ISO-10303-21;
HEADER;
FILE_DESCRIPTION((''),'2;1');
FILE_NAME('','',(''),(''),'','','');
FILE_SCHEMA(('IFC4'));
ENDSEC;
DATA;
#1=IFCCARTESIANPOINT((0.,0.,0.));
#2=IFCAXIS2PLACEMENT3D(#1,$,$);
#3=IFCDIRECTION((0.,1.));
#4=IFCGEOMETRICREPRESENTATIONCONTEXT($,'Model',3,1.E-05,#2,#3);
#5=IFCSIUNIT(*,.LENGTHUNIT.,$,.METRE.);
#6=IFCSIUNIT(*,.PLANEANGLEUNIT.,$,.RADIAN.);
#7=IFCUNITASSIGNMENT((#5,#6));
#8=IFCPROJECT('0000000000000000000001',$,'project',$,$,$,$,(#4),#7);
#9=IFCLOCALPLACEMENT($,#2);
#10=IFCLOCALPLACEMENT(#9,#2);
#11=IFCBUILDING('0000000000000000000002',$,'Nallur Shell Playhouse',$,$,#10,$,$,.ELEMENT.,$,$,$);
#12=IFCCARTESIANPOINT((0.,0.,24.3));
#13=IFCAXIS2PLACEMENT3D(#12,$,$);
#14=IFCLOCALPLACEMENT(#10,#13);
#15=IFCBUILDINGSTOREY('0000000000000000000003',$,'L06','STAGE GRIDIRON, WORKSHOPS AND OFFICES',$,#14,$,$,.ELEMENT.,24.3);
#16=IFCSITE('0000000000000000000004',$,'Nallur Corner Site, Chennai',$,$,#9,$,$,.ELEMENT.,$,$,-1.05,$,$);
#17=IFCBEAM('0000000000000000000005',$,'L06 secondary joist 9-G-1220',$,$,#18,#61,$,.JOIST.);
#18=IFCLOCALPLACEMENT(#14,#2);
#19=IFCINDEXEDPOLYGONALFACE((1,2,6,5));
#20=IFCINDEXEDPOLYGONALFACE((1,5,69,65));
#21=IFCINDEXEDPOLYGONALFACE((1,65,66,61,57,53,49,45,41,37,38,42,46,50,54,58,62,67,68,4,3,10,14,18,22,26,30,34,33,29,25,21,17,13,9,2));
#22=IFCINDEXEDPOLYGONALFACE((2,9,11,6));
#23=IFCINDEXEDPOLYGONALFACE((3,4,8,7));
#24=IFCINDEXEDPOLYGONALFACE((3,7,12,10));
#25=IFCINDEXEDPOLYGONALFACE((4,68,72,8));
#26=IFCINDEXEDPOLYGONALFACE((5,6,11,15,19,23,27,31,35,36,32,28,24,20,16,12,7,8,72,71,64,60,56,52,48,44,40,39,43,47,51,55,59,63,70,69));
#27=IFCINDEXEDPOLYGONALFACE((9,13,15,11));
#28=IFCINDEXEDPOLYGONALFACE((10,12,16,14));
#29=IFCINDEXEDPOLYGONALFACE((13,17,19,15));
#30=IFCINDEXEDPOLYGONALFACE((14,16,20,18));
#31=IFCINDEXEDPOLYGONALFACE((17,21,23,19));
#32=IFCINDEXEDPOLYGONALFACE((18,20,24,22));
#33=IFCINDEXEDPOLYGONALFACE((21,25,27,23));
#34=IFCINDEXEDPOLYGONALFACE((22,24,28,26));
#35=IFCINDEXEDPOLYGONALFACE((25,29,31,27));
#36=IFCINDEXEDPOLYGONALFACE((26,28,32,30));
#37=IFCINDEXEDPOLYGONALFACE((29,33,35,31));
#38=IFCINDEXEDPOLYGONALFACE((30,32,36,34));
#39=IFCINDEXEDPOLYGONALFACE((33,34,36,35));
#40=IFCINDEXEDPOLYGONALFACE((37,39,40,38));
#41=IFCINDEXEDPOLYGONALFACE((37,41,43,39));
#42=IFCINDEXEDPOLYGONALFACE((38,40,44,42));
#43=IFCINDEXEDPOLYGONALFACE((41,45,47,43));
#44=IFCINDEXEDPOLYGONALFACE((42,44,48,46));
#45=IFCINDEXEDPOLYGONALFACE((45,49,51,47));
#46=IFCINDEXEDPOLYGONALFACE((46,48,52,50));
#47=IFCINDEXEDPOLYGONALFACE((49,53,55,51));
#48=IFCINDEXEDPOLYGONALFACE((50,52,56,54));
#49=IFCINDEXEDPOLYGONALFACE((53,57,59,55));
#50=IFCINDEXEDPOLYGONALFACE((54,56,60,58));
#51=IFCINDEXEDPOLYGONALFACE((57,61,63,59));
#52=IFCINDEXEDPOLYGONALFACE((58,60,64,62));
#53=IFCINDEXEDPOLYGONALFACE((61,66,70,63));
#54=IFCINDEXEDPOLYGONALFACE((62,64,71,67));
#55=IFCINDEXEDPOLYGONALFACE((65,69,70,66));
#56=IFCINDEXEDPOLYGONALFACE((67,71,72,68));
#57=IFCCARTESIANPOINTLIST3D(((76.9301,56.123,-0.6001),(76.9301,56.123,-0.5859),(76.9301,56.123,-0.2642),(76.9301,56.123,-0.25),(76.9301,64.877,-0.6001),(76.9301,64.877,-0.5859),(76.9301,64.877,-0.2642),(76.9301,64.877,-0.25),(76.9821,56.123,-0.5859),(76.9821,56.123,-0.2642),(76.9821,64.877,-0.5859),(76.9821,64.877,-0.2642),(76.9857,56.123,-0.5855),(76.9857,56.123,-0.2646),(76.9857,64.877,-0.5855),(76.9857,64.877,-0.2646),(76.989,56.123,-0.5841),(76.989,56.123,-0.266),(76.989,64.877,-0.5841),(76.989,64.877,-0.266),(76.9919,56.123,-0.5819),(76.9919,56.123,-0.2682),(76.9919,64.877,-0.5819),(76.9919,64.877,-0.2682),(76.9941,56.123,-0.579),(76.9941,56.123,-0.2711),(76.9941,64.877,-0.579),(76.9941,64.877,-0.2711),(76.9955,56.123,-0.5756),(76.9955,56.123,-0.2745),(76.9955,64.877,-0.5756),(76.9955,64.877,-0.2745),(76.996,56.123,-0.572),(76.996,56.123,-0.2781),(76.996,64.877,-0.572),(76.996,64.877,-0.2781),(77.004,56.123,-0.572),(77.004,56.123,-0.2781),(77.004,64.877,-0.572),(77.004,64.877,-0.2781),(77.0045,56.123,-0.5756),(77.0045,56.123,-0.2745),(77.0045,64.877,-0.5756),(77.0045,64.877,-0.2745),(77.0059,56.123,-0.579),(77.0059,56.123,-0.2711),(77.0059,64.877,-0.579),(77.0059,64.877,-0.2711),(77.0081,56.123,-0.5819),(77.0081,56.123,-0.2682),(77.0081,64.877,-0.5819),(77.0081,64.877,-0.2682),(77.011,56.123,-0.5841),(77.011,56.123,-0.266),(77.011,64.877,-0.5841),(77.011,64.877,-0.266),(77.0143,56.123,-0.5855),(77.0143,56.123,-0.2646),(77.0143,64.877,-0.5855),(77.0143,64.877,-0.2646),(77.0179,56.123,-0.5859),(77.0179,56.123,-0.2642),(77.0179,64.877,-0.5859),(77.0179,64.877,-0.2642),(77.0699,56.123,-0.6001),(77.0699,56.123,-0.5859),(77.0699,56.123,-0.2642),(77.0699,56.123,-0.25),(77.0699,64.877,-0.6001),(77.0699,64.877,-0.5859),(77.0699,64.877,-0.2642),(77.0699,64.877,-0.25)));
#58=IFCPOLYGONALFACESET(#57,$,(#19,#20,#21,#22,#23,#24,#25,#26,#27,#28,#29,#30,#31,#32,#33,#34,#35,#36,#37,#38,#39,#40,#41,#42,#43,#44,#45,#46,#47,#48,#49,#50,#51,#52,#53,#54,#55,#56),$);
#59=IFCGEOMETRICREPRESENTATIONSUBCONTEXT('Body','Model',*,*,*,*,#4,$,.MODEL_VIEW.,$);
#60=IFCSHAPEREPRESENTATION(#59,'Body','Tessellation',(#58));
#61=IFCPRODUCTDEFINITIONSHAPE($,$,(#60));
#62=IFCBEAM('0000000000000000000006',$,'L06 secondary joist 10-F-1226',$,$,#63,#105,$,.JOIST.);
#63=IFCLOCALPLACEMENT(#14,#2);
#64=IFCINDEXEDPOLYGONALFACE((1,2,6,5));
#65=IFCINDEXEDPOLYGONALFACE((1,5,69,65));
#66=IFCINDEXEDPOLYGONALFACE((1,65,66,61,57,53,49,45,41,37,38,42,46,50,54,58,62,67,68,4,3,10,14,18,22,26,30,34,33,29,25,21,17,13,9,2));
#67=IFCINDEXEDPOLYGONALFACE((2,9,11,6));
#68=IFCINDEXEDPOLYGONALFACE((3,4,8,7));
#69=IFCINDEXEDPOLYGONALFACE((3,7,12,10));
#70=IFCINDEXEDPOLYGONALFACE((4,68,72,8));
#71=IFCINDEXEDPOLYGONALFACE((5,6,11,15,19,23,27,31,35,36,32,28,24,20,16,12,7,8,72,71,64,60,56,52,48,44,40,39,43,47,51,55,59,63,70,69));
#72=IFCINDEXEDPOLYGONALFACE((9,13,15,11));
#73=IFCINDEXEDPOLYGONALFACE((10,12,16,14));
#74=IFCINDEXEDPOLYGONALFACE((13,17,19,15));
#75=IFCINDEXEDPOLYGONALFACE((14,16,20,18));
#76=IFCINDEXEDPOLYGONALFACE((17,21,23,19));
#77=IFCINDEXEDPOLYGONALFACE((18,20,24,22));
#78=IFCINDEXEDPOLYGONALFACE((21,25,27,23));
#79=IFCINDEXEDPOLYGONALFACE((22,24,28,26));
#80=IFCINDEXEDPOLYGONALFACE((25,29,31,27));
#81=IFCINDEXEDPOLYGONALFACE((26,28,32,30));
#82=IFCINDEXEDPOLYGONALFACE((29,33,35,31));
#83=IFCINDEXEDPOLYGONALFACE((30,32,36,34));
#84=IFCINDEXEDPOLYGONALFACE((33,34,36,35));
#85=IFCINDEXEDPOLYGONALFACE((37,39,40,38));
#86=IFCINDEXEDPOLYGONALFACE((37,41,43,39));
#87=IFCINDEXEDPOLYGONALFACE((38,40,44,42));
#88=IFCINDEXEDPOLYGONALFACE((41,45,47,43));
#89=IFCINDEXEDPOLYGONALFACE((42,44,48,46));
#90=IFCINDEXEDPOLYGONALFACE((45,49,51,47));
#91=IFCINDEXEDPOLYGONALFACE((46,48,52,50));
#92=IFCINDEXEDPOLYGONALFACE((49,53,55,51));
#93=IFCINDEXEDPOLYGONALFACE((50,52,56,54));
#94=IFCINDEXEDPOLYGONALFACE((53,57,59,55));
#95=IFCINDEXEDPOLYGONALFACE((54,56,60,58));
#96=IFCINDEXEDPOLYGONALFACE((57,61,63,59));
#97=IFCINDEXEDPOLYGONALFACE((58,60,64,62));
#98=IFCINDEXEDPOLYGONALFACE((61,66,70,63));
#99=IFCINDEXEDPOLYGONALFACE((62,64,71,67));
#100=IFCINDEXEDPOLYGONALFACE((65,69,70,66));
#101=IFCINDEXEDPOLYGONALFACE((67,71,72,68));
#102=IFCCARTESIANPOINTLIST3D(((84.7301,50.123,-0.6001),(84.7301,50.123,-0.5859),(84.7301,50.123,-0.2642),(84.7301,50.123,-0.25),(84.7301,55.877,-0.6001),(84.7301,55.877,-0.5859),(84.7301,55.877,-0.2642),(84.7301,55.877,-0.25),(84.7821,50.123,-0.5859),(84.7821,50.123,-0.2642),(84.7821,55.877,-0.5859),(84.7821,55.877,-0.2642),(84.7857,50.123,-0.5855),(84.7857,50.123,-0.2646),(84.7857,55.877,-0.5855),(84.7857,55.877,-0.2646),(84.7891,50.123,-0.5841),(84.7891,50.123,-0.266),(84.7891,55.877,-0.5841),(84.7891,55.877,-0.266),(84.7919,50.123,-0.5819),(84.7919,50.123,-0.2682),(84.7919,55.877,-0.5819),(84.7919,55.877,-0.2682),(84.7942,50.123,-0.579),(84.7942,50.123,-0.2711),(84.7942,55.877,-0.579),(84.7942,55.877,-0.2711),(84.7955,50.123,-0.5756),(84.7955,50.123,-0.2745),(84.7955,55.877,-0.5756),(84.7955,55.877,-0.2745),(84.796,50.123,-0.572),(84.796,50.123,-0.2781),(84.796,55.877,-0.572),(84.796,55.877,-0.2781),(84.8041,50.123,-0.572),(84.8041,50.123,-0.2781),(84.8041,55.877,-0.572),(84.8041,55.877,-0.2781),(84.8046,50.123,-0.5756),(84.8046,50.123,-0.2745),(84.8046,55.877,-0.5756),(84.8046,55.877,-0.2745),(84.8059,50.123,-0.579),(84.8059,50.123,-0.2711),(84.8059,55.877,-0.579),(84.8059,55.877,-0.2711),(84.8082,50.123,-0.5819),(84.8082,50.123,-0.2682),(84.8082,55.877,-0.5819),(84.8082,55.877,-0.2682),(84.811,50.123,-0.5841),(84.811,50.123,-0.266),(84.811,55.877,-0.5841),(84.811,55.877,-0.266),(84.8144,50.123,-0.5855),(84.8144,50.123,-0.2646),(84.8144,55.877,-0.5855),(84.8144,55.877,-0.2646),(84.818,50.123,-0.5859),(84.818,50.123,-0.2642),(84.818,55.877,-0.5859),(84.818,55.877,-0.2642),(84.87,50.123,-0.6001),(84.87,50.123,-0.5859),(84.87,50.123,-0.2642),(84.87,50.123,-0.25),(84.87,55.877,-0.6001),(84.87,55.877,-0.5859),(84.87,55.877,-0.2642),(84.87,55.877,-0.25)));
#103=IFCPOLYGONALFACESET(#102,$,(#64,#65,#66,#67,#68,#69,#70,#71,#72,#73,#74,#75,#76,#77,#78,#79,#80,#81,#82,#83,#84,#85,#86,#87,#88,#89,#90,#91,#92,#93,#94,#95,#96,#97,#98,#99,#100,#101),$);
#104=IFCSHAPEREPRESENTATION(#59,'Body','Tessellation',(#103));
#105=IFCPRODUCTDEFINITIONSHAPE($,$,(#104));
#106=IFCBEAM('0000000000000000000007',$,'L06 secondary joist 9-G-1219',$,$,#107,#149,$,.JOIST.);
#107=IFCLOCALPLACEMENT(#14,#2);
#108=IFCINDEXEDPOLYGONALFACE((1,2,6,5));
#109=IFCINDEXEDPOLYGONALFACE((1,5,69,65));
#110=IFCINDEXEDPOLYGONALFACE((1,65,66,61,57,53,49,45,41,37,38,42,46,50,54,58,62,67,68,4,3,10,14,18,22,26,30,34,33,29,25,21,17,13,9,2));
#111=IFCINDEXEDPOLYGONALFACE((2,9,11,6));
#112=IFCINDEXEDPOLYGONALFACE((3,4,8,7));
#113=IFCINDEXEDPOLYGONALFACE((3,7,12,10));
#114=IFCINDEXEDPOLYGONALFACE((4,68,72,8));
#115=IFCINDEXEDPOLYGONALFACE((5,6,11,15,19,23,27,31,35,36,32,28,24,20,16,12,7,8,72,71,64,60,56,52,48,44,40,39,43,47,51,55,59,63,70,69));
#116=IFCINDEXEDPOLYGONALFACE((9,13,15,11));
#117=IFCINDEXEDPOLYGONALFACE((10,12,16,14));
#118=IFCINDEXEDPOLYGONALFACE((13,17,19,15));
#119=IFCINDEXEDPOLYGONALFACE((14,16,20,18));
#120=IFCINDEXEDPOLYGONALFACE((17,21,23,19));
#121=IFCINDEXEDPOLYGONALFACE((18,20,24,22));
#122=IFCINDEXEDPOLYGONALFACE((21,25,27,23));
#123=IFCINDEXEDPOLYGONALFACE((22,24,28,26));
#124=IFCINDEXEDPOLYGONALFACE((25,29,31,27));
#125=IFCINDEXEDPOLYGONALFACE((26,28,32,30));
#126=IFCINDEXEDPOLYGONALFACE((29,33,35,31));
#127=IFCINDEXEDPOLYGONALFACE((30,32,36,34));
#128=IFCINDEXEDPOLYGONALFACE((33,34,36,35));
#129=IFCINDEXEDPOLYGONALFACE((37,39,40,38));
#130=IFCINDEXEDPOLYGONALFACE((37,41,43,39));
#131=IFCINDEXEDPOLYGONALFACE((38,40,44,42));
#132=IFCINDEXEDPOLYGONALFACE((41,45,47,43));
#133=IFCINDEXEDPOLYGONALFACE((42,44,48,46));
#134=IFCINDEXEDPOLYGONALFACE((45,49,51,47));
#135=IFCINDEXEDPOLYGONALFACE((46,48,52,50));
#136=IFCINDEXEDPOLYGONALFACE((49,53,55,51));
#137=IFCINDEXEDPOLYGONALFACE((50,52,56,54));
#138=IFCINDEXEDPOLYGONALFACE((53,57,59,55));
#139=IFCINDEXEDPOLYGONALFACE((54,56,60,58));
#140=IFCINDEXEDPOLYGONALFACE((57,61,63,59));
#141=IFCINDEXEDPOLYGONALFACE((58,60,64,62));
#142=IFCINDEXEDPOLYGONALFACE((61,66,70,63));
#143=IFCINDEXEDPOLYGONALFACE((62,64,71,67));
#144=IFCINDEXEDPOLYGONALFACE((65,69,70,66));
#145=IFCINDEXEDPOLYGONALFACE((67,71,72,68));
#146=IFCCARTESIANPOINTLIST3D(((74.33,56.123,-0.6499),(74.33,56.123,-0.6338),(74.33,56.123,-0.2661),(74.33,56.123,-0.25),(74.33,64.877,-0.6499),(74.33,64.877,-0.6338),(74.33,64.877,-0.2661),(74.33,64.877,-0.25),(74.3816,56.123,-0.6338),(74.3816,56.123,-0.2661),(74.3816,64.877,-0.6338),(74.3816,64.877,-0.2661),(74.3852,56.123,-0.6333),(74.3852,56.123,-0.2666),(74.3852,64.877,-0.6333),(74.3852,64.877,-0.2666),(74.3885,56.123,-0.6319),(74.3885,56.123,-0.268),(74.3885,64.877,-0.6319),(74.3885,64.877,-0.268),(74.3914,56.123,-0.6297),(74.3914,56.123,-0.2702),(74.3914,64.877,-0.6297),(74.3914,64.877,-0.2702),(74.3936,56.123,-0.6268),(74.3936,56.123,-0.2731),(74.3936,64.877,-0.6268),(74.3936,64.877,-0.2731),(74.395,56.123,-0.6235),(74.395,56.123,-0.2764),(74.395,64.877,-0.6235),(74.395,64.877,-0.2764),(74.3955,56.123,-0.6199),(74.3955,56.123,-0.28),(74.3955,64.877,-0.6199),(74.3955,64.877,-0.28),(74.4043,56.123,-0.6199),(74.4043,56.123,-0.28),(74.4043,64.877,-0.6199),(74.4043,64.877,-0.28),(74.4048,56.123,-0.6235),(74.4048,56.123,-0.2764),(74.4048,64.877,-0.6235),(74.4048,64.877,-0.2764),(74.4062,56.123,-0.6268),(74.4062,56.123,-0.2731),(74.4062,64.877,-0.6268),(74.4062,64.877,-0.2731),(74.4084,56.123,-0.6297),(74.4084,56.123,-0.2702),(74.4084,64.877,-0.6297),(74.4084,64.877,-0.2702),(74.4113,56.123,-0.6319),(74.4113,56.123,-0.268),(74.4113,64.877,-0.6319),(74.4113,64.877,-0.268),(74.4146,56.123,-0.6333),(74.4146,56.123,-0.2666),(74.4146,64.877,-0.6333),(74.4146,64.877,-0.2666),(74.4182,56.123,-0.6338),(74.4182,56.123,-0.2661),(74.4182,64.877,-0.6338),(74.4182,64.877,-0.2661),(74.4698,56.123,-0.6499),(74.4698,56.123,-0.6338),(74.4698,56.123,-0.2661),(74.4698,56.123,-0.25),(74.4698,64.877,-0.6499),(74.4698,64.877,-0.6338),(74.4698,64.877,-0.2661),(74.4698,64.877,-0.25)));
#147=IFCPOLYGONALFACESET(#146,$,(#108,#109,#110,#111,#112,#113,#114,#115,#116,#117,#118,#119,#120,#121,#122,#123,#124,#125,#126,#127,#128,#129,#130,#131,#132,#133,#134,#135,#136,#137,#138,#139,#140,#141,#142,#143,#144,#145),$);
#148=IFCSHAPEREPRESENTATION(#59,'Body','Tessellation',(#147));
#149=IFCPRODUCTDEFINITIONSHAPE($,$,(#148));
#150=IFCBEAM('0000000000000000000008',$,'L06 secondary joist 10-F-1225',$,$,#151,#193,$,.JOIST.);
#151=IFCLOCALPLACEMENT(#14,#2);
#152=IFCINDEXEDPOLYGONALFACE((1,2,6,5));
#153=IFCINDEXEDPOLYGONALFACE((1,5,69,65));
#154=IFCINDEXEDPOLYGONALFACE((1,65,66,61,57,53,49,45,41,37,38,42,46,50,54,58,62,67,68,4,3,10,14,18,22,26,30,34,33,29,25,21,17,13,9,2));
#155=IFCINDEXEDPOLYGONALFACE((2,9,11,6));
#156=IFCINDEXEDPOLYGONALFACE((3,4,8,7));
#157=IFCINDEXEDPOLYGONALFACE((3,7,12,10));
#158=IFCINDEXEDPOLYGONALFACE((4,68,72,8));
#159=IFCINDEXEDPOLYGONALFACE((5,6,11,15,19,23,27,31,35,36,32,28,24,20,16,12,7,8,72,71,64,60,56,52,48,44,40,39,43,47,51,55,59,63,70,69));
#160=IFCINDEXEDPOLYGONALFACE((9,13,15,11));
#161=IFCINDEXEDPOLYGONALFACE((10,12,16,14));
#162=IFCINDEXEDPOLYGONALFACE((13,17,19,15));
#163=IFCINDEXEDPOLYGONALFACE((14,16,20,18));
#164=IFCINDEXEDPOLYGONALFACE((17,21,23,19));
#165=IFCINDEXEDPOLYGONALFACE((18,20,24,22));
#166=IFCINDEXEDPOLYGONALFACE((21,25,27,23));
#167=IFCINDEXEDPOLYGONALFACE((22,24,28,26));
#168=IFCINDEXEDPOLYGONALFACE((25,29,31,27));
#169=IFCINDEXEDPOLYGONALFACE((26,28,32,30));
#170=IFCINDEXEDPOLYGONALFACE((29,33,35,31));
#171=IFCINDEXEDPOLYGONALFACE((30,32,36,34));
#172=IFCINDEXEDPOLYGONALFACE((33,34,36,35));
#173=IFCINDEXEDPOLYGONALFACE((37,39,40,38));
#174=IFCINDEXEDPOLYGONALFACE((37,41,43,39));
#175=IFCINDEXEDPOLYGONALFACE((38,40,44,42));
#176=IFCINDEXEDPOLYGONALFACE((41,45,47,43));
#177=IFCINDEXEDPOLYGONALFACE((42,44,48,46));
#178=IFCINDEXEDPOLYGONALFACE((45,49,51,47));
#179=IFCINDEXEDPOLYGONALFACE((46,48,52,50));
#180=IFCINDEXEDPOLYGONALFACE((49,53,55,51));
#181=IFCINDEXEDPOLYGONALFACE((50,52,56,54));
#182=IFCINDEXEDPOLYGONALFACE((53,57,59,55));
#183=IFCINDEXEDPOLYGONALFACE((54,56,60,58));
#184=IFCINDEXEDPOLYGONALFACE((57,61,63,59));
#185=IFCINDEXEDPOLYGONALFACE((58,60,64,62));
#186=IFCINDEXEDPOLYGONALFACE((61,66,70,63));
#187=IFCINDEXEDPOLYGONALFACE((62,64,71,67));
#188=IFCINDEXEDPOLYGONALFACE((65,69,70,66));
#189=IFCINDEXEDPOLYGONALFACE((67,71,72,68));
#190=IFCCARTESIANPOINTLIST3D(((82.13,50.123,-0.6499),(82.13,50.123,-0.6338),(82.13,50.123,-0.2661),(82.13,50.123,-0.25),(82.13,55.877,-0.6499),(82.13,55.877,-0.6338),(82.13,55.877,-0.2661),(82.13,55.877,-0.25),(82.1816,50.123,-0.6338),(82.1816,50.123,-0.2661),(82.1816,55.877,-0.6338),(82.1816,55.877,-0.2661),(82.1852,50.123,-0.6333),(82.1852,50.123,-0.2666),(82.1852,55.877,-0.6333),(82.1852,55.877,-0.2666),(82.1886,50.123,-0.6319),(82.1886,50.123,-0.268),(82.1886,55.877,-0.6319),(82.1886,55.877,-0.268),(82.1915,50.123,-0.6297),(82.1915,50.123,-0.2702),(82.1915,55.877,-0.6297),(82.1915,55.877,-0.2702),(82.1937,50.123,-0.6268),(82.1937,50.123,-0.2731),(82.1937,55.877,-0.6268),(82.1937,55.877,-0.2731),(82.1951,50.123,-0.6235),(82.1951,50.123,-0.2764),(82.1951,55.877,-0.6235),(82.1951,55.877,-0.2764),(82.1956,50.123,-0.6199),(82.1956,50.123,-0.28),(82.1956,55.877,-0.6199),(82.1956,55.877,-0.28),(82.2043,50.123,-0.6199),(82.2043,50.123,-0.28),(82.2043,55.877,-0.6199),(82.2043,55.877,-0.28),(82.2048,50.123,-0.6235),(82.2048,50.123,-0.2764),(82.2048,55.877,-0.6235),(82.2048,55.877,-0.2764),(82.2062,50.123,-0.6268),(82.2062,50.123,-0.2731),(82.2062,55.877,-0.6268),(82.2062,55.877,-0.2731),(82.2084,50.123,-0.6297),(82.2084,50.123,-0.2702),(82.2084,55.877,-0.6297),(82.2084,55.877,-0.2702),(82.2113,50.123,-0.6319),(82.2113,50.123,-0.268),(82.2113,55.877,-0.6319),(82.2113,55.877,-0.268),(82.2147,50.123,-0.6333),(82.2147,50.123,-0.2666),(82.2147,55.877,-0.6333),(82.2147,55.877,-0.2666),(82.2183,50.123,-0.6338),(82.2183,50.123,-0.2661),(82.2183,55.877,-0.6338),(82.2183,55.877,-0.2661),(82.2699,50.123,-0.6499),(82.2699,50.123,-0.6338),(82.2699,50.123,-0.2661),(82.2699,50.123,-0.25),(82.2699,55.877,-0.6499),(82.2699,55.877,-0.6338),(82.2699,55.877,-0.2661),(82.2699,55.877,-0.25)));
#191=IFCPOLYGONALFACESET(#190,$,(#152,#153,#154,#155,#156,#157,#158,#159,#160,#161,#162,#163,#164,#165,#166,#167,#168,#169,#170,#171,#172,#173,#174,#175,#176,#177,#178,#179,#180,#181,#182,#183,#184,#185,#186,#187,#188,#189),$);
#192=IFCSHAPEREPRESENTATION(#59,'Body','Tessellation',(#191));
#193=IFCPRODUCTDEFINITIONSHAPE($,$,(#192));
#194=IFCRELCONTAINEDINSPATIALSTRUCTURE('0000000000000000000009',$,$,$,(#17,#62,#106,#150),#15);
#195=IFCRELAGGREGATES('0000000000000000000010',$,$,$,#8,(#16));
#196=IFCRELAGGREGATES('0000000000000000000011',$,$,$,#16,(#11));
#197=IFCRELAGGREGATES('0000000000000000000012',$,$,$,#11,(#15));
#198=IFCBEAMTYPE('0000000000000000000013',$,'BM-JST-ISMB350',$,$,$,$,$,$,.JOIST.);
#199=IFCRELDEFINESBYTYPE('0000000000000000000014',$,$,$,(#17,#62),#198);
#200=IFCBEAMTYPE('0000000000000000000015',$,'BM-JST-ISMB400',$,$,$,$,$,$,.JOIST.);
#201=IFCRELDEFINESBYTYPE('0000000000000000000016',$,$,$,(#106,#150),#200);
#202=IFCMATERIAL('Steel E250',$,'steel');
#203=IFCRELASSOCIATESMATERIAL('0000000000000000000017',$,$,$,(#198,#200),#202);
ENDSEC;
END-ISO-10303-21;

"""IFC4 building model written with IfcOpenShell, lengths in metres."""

from ifc_helpers import new_model, si_unit, direction, frame, origin, origin_2d, place, context, subcontext, project, spatial, i_section, extrude, material, material_profile, profile_set, type_object, element, save


model = new_model("IFC4")

# Units and contexts
model_context = context("Model", 3, precision=1e-05, world=origin(), true_north=direction((0.0, 1.0)))
body_context = subcontext(model_context, "Body", "Model", "MODEL_VIEW")
ifc_project = project(units=[si_unit("LENGTHUNIT", "METRE"), si_unit("PLANEANGLEUNIT", "RADIAN")], contexts=[model_context])

# Site, building, storey
site_placement = place(None, origin())
site = spatial("IfcSite", under=ifc_project, at=site_placement, Name="Nallur Corner Site, Chennai", CompositionType="ELEMENT", RefElevation=-1.05)
building_placement = place(site_placement, origin())
building = spatial("IfcBuilding", under=site, at=building_placement, Name="Nallur Shell Playhouse", CompositionType="ELEMENT")
storey_placement = place(building_placement, frame((0.0, 0.0, 24.3)))
storey = spatial("IfcBuildingStorey", under=building, at=storey_placement, Name="L06", Description="STAGE GRIDIRON, WORKSHOPS AND OFFICES", CompositionType="ELEMENT", Elevation=24.3)

# Beams
ifc_material_1 = material(Name="Steel E250", Category="steel")
ifc_material_profile_1 = material_profile(ifc_material_1, i_section(OverallWidth=0.1399, OverallDepth=0.3501, WebThickness=0.0081, FlangeThickness=0.0142, FilletRadius=0.0139, at=origin_2d()), Name="ISMB 350")
ifc_profile_set_1 = profile_set([ifc_material_profile_1], Name="Steel E250")
beam_type_1 = type_object("IfcBeamType", Name="BM-JST-ISMB350", PredefinedType="JOIST", material=ifc_profile_set_1)
beam_1_placement = place(storey_placement, frame((77.0, 56.123, -0.425), z_axis=(0.0, 1.0, 0.0), x_axis=(-1.0, 0.0, 0.0)))
element("IfcBeam", 1, at=beam_1_placement, inside=storey, type_object=beam_type_1, Name="L06 secondary joist 9-G-1220", PredefinedType="JOIST", context=body_context, shape_type="SweptSolid", body=[
    extrude(i_section(OverallWidth=0.1399, OverallDepth=0.3501, WebThickness=0.0081, FlangeThickness=0.0142, FilletRadius=0.0139, at=origin_2d()), origin(), (0.0, 0.0, 1.0), 8.7539),
])
beam_2_placement = place(storey_placement, frame((84.8, 50.123, -0.425), z_axis=(0.0, 1.0, 0.0), x_axis=(-1.0, 0.0, 0.0)))
element("IfcBeam", 2, at=beam_2_placement, inside=storey, type_object=beam_type_1, Name="L06 secondary joist 10-F-1226", PredefinedType="JOIST", context=body_context, shape_type="SweptSolid", body=[
    extrude(i_section(OverallWidth=0.1399, OverallDepth=0.3501, WebThickness=0.0081, FlangeThickness=0.0142, FilletRadius=0.0139, at=origin_2d()), origin(), (0.0, 0.0, 1.0), 5.7539),
])
ifc_material_profile_2 = material_profile(ifc_material_1, i_section(OverallWidth=0.1399, OverallDepth=0.3999, WebThickness=0.0088, FlangeThickness=0.0161, FilletRadius=0.0139, at=origin_2d()), Name="ISMB 400")
ifc_profile_set_2 = profile_set([ifc_material_profile_2], Name="Steel E250")
beam_type_2 = type_object("IfcBeamType", Name="BM-JST-ISMB400", PredefinedType="JOIST", material=ifc_profile_set_2)
beam_3_placement = place(storey_placement, frame((74.3999, 56.123, -0.45), z_axis=(0.0, 1.0, 0.0), x_axis=(-1.0, 0.0, 0.0)))
element("IfcBeam", 3, at=beam_3_placement, inside=storey, type_object=beam_type_2, Name="L06 secondary joist 9-G-1219", PredefinedType="JOIST", context=body_context, shape_type="SweptSolid", body=[
    extrude(i_section(OverallWidth=0.1399, OverallDepth=0.3999, WebThickness=0.0088, FlangeThickness=0.0161, FilletRadius=0.0139, at=origin_2d()), origin(), (0.0, 0.0, 1.0), 8.7539),
])
beam_4_placement = place(storey_placement, frame((82.2, 50.123, -0.45), z_axis=(0.0, 1.0, 0.0), x_axis=(-1.0, 0.0, 0.0)))
element("IfcBeam", 4, at=beam_4_placement, inside=storey, type_object=beam_type_2, Name="L06 secondary joist 10-F-1225", PredefinedType="JOIST", context=body_context, shape_type="SweptSolid", body=[
    extrude(i_section(OverallWidth=0.1399, OverallDepth=0.3999, WebThickness=0.0088, FlangeThickness=0.0161, FilletRadius=0.0139, at=origin_2d()), origin(), (0.0, 0.0, 1.0), 5.7539),
])

save(model, "model.ifc")
